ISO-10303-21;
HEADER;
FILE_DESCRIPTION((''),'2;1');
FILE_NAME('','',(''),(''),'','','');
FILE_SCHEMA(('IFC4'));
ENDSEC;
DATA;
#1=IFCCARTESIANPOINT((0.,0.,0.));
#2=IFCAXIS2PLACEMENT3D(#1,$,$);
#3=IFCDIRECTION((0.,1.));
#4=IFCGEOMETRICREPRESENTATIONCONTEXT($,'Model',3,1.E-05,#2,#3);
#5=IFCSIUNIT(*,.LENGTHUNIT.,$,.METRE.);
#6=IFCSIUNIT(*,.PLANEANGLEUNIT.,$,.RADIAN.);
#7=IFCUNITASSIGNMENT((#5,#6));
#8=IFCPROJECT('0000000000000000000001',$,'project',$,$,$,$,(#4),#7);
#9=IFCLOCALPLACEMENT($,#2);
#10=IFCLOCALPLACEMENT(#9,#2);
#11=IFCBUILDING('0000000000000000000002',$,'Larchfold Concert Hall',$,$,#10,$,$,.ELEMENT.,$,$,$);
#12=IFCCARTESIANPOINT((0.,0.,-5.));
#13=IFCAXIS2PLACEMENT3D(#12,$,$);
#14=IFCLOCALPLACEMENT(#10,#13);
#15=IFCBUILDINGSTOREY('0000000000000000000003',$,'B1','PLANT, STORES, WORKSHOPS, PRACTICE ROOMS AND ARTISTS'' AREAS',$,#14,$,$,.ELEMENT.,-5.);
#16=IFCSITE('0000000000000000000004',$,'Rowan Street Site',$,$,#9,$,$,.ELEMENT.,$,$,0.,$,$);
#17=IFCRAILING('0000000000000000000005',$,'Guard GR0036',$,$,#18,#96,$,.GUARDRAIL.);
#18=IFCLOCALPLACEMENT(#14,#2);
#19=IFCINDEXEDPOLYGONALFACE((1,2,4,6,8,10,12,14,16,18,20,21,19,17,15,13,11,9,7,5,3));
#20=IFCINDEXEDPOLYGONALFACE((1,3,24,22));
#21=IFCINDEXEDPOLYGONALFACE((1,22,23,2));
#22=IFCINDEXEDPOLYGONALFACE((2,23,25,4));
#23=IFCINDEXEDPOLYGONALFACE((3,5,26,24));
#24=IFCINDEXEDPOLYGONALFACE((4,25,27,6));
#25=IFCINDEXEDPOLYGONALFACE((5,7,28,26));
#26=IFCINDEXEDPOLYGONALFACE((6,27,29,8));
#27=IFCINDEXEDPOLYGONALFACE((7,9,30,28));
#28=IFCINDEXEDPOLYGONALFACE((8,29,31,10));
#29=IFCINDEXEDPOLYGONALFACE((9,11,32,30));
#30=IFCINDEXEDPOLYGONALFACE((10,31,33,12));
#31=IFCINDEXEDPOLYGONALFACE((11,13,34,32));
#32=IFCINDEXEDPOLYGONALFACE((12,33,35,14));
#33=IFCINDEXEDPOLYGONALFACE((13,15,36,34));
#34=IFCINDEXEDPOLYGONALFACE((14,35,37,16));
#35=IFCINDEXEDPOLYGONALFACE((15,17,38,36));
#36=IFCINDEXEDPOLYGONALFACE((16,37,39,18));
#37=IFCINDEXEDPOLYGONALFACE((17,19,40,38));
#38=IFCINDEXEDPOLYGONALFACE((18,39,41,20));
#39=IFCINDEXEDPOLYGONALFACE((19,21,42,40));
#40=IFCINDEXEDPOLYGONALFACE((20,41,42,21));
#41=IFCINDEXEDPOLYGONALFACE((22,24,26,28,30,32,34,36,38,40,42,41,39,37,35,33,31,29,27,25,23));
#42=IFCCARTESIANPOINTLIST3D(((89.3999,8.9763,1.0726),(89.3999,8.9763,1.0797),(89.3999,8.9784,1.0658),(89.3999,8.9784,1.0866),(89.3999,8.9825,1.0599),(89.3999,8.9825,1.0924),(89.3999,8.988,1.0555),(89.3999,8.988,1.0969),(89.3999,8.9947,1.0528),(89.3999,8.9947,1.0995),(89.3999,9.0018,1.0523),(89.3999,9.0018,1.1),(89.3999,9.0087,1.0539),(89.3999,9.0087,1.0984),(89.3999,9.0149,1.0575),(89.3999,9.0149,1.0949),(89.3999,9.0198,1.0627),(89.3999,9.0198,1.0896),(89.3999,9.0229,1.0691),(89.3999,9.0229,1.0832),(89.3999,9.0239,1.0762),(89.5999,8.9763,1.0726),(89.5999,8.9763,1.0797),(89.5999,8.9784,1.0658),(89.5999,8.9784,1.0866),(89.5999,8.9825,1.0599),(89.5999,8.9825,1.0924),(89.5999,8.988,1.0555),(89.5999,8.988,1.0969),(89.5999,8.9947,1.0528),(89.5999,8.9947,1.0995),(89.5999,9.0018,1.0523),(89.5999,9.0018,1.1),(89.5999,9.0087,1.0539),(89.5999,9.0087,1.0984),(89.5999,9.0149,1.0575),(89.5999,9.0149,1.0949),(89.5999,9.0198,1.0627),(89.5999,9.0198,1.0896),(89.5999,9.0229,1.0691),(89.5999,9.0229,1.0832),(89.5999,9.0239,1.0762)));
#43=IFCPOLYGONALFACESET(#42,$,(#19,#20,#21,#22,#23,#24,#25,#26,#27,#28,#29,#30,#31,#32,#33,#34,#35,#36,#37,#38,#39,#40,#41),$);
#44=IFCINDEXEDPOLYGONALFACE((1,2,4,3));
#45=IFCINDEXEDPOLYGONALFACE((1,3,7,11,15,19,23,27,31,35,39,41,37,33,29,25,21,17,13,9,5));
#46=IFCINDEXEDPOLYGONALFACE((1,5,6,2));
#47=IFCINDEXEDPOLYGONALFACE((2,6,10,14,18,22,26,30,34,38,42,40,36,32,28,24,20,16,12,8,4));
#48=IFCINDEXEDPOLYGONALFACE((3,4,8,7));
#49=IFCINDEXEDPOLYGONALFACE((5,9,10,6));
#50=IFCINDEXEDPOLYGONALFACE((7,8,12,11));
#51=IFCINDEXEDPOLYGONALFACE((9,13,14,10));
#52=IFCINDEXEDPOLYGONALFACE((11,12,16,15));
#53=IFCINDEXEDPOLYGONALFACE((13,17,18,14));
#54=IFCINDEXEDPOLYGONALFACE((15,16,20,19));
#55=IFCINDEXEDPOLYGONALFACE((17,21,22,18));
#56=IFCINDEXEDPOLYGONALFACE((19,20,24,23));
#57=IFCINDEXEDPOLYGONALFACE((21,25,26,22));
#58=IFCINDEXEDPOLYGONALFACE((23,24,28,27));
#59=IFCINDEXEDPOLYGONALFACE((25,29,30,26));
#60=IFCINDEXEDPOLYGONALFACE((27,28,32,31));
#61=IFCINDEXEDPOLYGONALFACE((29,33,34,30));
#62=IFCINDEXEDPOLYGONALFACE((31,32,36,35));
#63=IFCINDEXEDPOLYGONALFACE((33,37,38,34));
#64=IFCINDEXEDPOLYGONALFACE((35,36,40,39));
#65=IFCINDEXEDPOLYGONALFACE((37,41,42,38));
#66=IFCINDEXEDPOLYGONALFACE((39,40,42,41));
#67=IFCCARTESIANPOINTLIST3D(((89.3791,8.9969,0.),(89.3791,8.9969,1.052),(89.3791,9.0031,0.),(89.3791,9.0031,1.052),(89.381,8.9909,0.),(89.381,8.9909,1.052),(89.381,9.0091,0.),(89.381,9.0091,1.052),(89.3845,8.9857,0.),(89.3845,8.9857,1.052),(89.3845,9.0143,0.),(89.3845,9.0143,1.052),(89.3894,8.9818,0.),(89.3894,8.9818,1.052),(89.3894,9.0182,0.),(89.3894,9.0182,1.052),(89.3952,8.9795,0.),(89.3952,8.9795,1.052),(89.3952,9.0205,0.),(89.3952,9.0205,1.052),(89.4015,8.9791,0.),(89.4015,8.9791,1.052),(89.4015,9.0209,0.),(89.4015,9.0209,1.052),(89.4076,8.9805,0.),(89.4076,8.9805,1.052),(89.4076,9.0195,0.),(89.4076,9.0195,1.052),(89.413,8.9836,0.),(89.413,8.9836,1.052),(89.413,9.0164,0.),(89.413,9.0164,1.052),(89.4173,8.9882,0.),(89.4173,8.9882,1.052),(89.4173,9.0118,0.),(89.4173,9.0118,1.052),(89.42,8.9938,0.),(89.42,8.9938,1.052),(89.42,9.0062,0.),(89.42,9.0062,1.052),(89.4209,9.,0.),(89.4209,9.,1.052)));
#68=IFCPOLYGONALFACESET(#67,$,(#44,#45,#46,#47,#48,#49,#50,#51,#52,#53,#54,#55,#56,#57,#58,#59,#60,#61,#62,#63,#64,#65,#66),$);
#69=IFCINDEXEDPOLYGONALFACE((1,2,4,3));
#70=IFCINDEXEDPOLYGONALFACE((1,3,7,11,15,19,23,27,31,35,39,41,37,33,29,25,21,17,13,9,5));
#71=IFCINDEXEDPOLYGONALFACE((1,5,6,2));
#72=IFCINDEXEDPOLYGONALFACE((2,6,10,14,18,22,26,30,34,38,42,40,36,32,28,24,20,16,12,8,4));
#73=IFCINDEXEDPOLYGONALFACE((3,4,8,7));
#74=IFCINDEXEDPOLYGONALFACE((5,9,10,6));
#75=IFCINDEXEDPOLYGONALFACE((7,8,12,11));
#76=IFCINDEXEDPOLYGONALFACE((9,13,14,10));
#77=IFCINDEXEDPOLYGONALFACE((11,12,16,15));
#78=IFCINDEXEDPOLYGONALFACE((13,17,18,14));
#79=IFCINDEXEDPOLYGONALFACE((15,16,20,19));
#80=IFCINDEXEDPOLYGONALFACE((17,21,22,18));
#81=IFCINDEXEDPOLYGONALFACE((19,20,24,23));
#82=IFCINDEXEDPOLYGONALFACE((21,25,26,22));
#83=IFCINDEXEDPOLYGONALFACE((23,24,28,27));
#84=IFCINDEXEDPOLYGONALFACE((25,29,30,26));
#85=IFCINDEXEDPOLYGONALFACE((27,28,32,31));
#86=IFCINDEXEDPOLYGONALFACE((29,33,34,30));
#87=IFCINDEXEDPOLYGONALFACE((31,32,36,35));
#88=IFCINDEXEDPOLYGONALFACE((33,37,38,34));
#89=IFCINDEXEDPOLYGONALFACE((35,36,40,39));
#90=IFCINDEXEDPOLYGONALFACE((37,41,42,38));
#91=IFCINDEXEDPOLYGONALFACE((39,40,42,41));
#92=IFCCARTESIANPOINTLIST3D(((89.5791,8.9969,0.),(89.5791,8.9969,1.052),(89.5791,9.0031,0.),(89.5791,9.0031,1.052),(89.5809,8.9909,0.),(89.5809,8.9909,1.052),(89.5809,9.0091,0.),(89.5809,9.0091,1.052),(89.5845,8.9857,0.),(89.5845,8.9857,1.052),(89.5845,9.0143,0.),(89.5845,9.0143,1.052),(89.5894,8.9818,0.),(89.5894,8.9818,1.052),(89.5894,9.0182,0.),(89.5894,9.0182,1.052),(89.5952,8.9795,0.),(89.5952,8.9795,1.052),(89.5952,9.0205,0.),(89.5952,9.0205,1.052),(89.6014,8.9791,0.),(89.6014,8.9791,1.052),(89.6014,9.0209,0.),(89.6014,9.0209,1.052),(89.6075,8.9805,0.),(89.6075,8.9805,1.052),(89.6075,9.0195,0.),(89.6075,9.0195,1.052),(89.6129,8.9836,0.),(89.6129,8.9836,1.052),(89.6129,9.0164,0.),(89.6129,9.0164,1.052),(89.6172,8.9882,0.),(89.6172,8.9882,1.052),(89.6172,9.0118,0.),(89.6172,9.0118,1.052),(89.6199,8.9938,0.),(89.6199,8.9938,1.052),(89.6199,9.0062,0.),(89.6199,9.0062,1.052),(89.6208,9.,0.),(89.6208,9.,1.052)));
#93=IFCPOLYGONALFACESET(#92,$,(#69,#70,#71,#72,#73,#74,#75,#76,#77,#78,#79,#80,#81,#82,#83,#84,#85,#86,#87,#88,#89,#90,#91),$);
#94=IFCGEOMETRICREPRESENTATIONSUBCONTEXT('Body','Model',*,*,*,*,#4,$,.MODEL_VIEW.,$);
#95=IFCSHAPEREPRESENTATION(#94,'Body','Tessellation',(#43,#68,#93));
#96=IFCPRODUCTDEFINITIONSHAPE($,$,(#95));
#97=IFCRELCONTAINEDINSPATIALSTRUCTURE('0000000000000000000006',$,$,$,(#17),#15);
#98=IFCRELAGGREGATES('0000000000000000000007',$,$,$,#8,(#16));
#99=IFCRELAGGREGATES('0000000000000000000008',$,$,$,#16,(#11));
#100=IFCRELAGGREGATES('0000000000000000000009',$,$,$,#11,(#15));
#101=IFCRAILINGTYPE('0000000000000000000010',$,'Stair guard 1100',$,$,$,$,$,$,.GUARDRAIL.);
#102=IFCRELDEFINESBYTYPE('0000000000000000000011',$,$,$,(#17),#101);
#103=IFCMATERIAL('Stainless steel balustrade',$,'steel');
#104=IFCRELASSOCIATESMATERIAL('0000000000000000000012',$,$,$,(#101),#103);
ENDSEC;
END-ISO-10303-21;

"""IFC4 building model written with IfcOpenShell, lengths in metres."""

from ifc_helpers import new_model, si_unit, direction, frame, origin, origin_2d, place, context, subcontext, project, spatial, circle, extrude, material, type_object, element, save


model = new_model("IFC4")

# Units and contexts
model_context = context("Model", 3, precision=1e-05, world=origin(), true_north=direction((0.0, 1.0)))
body_context = subcontext(model_context, "Body", "Model", "MODEL_VIEW")
ifc_project = project(units=[si_unit("LENGTHUNIT", "METRE"), si_unit("PLANEANGLEUNIT", "RADIAN")], contexts=[model_context])

# Site, building, storey
site_placement = place(None, origin())
site = spatial("IfcSite", under=ifc_project, at=site_placement, Name="Rowan Street Site", CompositionType="ELEMENT", RefElevation=0.0)
building_placement = place(site_placement, origin())
building = spatial("IfcBuilding", under=site, at=building_placement, Name="Larchfold Concert Hall", CompositionType="ELEMENT")
storey_placement = place(building_placement, frame((0.0, 0.0, -5.0)))
storey = spatial("IfcBuildingStorey", under=building, at=storey_placement, Name="B1", Description="PLANT, STORES, WORKSHOPS, PRACTICE ROOMS AND ARTISTS' AREAS", CompositionType="ELEMENT", Elevation=-5.0)

# Railing
ifc_material_1 = material(Name="Stainless steel balustrade", Category="steel")
railing_type_1 = type_object("IfcRailingType", Name="Stair guard 1100", PredefinedType="GUARDRAIL", material=ifc_material_1)
railing_1_placement = place(storey_placement, frame((89.3999, 9.0, 0.0)))
element("IfcRailing", 1, at=railing_1_placement, inside=storey, type_object=railing_type_1, Name="Guard GR0036", PredefinedType="GUARDRAIL", context=body_context, shape_type="SweptSolid", body=[
    extrude(circle(Radius=0.0239, at=origin_2d()), frame((0.0, 0.0, 1.0762), z_axis=(1.0, 0.0, 0.0), x_axis=(0.0, 1.0, 0.0)), (0.0, 0.0, 1.0), 0.2),
    extrude(circle(Radius=0.021, at=origin_2d()), origin(), (0.0, 0.0, 1.0), 1.052),
    extrude(circle(Radius=0.021, at=origin_2d()), frame((0.2, 0.0, 0.0)), (0.0, 0.0, 1.0), 1.052),
])

save(model, "model.ifc")
